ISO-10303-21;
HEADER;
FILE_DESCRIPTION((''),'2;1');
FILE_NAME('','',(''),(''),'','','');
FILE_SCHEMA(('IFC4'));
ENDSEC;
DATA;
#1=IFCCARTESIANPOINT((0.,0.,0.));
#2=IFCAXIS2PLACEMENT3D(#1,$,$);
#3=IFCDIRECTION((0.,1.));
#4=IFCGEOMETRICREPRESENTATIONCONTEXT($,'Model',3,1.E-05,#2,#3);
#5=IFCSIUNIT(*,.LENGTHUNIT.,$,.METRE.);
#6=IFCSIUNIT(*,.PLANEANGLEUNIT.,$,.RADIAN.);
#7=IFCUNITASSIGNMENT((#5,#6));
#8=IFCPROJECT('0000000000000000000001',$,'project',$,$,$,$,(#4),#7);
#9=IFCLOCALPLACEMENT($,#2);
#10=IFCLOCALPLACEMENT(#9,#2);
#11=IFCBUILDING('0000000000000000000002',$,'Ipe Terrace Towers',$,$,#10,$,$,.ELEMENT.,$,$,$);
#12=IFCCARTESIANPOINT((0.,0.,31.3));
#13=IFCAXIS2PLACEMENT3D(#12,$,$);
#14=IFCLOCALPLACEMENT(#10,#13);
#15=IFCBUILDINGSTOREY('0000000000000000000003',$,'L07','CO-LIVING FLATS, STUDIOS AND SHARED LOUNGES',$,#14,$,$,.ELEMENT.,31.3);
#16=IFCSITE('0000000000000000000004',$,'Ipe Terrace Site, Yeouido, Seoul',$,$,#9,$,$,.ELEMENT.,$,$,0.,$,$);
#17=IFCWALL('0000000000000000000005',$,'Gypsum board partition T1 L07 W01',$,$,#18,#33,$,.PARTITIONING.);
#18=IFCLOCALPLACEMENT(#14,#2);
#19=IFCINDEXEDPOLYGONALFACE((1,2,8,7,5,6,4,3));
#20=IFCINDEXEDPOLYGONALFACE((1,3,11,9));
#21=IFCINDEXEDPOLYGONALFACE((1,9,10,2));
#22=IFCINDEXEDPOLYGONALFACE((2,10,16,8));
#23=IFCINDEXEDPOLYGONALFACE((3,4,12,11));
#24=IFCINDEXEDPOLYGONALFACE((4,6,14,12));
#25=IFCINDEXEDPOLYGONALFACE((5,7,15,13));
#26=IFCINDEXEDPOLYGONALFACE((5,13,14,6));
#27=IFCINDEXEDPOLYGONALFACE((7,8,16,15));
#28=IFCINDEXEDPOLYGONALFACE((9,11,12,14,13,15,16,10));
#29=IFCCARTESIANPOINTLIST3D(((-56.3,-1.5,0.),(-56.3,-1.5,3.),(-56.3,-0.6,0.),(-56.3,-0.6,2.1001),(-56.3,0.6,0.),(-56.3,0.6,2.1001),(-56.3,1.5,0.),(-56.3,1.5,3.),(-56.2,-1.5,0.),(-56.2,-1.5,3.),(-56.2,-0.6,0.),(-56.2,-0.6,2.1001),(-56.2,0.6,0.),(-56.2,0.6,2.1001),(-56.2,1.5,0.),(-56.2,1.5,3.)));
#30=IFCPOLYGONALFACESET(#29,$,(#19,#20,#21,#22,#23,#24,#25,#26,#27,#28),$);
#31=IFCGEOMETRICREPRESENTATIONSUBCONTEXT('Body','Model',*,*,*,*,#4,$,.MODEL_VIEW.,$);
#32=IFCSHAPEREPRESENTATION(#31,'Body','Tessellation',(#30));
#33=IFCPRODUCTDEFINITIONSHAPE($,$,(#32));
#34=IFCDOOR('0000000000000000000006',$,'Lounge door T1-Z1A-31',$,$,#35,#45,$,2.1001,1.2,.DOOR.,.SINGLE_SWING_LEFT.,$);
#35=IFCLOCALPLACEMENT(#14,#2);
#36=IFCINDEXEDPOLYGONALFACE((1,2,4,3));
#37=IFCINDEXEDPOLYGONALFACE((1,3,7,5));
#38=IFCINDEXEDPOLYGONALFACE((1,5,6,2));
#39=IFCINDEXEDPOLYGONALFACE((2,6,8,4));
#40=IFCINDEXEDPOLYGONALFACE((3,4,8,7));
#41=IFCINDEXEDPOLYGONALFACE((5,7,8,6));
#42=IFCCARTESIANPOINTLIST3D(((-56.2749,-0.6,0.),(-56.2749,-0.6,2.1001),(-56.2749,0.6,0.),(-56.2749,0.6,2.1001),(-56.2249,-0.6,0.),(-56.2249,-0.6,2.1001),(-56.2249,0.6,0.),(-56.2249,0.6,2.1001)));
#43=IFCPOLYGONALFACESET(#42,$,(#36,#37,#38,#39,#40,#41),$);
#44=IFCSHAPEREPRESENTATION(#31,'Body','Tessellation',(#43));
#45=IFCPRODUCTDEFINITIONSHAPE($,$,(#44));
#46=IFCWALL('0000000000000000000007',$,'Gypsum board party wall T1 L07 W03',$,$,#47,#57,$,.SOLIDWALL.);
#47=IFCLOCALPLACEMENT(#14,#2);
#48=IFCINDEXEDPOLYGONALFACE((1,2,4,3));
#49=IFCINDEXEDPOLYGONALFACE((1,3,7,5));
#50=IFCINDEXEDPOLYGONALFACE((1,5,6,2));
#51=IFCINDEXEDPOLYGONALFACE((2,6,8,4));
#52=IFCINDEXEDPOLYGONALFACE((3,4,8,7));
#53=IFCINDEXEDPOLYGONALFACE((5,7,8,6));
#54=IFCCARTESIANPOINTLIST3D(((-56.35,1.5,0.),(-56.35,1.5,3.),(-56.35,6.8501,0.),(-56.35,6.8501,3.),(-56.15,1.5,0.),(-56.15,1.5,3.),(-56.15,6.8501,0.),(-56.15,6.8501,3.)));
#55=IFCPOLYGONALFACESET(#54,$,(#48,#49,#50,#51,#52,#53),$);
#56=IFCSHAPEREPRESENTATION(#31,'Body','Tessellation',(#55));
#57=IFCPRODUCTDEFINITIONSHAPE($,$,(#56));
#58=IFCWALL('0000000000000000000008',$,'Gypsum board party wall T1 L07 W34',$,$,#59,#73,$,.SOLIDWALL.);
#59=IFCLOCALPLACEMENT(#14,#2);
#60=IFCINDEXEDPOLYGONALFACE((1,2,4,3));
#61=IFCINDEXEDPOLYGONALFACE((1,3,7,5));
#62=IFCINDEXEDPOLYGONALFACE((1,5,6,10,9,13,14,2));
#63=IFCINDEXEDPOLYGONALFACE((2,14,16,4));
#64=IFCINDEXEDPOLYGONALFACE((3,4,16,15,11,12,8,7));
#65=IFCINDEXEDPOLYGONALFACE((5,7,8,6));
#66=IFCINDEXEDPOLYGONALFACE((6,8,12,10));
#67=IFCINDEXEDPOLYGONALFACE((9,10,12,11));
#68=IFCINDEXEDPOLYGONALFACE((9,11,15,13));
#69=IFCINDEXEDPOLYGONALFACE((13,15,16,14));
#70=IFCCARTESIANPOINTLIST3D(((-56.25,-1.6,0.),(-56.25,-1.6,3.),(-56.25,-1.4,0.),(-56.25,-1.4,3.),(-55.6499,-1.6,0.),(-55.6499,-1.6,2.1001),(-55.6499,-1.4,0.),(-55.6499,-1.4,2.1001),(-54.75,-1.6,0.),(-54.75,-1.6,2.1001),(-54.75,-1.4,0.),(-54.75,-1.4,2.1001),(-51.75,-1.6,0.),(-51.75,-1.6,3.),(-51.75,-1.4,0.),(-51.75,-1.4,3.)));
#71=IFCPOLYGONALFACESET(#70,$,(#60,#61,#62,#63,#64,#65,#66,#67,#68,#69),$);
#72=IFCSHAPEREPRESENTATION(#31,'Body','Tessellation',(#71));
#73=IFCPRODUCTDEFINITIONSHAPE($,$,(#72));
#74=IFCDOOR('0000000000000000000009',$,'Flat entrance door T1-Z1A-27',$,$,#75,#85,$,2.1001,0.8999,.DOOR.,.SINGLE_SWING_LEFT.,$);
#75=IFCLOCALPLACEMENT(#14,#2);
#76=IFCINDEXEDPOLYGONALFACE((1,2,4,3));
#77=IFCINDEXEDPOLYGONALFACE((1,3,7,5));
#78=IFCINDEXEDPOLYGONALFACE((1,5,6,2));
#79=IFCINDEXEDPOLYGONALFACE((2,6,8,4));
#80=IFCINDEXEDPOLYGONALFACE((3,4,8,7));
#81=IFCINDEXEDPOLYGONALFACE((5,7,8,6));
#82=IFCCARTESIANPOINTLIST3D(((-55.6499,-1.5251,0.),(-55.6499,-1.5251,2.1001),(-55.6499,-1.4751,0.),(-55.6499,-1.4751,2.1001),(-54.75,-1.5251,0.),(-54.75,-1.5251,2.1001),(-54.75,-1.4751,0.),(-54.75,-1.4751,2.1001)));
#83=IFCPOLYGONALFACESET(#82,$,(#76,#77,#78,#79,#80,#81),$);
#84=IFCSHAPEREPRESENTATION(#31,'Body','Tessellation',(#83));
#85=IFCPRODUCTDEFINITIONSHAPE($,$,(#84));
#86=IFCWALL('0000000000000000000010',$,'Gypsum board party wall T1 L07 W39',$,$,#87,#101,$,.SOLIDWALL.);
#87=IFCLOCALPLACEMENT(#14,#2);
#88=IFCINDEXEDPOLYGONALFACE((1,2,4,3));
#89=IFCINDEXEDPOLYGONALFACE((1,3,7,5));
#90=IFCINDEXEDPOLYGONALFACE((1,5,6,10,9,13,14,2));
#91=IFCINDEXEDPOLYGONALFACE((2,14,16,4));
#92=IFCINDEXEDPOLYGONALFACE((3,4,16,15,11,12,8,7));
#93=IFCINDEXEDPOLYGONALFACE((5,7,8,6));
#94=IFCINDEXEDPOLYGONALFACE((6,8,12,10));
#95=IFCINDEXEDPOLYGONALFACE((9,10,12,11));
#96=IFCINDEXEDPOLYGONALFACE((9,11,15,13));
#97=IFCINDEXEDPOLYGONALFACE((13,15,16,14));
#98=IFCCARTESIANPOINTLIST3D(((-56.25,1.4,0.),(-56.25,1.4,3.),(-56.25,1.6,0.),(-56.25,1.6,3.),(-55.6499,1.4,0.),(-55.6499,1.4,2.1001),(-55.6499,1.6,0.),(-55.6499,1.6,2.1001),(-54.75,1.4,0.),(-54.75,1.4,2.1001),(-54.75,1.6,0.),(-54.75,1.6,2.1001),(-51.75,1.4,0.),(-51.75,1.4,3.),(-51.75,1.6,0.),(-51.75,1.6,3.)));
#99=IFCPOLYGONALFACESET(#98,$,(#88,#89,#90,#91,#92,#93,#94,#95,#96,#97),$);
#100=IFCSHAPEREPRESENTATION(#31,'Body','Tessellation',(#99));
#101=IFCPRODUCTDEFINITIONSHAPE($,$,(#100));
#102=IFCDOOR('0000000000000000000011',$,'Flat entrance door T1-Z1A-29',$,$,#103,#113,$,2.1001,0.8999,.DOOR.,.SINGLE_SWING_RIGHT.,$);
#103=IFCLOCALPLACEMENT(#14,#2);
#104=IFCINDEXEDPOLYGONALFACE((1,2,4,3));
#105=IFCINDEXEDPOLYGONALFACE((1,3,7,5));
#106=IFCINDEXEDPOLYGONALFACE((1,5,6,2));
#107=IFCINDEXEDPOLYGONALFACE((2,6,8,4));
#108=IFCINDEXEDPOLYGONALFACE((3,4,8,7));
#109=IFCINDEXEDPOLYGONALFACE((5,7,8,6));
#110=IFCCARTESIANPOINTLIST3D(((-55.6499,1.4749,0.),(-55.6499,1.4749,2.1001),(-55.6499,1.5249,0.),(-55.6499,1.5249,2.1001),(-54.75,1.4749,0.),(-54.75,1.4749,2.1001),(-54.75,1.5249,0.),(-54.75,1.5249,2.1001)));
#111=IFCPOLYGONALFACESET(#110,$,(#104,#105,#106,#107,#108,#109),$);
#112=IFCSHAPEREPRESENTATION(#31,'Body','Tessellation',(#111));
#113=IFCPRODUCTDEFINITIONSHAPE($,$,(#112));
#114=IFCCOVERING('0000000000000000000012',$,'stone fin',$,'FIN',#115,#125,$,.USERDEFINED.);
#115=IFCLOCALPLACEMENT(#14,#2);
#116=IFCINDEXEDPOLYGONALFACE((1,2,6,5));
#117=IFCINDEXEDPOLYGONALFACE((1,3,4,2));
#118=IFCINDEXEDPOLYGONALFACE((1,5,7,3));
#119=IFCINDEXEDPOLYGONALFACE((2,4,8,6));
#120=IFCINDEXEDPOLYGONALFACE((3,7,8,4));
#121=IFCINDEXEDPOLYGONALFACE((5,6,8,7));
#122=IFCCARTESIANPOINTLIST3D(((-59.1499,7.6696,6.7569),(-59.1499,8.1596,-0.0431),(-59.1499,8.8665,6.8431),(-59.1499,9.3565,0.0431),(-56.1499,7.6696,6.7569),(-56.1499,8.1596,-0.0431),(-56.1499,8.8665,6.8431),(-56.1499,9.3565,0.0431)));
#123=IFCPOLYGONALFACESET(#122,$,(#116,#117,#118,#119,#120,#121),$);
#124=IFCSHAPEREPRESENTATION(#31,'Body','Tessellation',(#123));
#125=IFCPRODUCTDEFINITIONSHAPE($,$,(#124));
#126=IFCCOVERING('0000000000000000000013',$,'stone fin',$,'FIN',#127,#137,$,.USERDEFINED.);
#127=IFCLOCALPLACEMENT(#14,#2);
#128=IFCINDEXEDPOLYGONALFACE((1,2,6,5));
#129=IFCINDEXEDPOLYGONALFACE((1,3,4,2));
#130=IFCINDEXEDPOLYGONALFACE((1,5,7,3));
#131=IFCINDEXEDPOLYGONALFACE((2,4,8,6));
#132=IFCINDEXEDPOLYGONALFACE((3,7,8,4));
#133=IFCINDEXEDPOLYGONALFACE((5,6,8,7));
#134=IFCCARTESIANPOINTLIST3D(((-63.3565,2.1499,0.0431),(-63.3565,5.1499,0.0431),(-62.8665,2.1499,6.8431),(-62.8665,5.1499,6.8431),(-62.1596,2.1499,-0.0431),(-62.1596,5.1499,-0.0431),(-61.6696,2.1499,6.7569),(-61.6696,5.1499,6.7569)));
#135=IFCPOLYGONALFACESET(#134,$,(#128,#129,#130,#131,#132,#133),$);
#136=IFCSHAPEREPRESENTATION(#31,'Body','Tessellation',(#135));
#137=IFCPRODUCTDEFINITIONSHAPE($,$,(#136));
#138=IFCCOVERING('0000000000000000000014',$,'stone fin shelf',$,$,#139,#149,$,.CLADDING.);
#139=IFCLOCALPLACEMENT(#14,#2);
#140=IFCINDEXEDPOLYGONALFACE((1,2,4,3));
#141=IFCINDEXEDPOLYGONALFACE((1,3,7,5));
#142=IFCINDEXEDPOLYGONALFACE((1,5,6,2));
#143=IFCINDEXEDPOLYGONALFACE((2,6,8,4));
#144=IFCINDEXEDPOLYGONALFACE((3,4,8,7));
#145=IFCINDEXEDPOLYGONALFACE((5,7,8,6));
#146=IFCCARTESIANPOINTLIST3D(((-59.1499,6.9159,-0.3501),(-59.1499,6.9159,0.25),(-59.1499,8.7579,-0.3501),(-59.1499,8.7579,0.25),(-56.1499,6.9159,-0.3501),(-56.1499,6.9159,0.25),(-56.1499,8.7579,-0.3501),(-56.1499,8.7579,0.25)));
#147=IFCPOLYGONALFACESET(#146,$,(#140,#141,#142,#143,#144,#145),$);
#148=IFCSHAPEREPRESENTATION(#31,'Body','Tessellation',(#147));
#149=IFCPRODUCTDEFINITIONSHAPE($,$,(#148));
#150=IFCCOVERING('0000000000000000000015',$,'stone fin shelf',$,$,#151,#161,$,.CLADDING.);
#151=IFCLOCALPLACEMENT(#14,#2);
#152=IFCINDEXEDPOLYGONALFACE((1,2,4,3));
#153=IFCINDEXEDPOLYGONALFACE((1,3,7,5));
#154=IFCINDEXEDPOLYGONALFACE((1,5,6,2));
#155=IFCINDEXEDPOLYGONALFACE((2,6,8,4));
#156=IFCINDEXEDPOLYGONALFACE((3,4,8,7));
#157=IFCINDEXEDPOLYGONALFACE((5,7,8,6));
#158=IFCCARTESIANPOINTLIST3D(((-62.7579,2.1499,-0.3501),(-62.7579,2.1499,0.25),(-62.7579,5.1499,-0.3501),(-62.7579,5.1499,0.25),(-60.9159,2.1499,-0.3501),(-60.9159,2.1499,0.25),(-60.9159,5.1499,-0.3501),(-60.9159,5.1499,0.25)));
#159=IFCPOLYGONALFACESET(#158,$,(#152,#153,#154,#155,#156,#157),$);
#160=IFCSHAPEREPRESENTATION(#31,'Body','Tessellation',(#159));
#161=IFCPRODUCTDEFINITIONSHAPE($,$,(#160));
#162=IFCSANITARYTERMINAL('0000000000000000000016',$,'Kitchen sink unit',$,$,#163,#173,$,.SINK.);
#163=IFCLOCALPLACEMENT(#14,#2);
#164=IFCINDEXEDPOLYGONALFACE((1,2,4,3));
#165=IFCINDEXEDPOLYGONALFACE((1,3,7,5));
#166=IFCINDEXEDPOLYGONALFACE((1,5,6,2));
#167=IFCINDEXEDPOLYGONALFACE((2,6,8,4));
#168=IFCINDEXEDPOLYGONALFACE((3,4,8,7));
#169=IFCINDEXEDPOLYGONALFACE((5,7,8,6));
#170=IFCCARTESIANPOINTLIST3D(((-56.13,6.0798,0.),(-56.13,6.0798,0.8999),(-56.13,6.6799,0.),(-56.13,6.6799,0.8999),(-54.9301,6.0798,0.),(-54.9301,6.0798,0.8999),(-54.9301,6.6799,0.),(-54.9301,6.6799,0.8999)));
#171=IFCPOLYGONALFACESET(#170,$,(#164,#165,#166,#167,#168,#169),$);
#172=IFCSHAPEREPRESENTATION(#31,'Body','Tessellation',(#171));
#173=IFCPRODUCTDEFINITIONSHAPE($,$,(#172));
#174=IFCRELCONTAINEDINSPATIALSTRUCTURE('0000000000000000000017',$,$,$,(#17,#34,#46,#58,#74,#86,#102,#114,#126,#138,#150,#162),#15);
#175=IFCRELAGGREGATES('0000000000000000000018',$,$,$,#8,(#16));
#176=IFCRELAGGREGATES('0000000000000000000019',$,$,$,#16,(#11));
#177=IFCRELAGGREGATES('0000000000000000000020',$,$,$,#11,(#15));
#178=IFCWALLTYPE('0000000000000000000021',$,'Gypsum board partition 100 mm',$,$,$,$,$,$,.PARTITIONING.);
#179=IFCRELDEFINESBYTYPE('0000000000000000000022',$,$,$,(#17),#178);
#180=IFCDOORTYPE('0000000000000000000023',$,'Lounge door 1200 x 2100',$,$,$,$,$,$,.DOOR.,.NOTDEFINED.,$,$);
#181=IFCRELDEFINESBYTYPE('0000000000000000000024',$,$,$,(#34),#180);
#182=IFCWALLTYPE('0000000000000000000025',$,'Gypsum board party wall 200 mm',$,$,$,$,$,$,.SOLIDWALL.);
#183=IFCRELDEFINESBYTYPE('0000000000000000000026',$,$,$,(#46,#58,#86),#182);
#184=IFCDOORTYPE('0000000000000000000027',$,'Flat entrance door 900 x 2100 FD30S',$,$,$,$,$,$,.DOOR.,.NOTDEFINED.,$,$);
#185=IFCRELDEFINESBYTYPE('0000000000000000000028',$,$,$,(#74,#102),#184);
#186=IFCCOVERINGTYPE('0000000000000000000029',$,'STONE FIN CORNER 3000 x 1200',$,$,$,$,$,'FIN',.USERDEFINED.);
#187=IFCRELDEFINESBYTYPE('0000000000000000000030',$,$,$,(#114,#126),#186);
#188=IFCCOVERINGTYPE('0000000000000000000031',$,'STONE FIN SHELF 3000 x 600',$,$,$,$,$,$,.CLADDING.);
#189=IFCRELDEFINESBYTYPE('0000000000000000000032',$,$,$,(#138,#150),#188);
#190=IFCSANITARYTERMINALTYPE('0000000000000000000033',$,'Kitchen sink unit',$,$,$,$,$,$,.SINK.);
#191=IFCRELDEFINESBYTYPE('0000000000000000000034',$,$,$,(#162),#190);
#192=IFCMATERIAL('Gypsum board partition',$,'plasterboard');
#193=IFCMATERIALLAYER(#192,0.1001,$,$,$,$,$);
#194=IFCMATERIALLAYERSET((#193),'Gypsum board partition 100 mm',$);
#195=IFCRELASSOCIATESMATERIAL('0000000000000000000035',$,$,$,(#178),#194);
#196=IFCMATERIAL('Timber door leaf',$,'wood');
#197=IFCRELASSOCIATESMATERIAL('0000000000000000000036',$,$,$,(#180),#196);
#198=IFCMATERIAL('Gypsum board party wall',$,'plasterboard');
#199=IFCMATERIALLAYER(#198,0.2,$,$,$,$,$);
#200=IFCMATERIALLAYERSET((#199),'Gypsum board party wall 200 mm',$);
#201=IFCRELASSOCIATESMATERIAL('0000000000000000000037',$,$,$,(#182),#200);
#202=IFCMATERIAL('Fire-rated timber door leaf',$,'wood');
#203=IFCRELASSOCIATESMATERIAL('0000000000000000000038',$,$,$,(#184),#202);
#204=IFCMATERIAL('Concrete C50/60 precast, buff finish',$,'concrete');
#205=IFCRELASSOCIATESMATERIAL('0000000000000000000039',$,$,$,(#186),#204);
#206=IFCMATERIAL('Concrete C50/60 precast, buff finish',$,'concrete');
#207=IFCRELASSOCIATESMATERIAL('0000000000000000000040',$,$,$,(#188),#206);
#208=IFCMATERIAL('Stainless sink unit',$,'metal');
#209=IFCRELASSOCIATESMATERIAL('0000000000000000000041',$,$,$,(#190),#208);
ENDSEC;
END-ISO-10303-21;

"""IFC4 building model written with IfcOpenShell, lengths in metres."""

from ifc_helpers import new_model, si_unit, direction, frame, frame_2d, origin, origin_2d, place, context, subcontext, project, spatial, rectangle, extrude, material, layer, layer_set, material_profile, profile_set, type_object, element, fill, save


model = new_model("IFC4")

# Units and contexts
model_context = context("Model", 3, precision=1e-05, world=origin(), true_north=direction((0.0, 1.0)))
body_context = subcontext(model_context, "Body", "Model", "MODEL_VIEW")
ifc_project = project(units=[si_unit("LENGTHUNIT", "METRE"), si_unit("PLANEANGLEUNIT", "RADIAN")], contexts=[model_context])

# Site, building, storey
site_placement = place(None, origin())
site = spatial("IfcSite", under=ifc_project, at=site_placement, Name="Ipe Terrace Site, Yeouido, Seoul", CompositionType="ELEMENT", RefElevation=0.0)
building_placement = place(site_placement, origin())
building = spatial("IfcBuilding", under=site, at=building_placement, Name="Ipe Terrace Towers", CompositionType="ELEMENT")
storey_placement = place(building_placement, frame((0.0, 0.0, 31.3)))
storey = spatial("IfcBuildingStorey", under=building, at=storey_placement, Name="L07", Description="CO-LIVING FLATS, STUDIOS AND SHARED LOUNGES", CompositionType="ELEMENT", Elevation=31.3)

# Wall, opening, door
ifc_material_1 = material(Name="Gypsum board partition", Category="plasterboard")
ifc_layer_1 = layer(ifc_material_1, 0.1001)
ifc_layer_set_1 = layer_set([ifc_layer_1], Name="Gypsum board partition 100 mm")
wall_type_1 = type_object("IfcWallType", Name="Gypsum board partition 100 mm", PredefinedType="PARTITIONING", material=ifc_layer_set_1)
wall_1_placement = place(storey_placement, frame((-56.25, -1.5, 0.0), z_axis=(0.0, 0.0, 1.0), x_axis=(0.0, 1.0, 0.0)))
wall_1 = element("IfcWall", 1, at=wall_1_placement, inside=storey, type_object=wall_type_1, Name="Gypsum board partition T1 L07 W01", PredefinedType="PARTITIONING", context=body_context, shape_type="SweptSolid", body=[
    extrude(rectangle(XDim=3.0, YDim=0.1001, at=frame_2d((1.5, 0.0))), origin(), (0.0, 0.0, 1.0), 3.0),
])
opening_1_placement = place(wall_1_placement, frame((0.8999, 0.0, 0.0)))
opening_1 = element("IfcOpeningElement", 2, at=opening_1_placement, cuts=wall_1, PredefinedType="OPENING", context=body_context, shape_type="SweptSolid", body=[
    extrude(rectangle(XDim=1.2, YDim=2.1001, at=frame_2d((0.6001, 1.05))), frame((0.0, 0.0601, 0.0), z_axis=(0.0, -1.0, 0.0), x_axis=(1.0, 0.0, 0.0)), (0.0, 0.0, 1.0), 0.1201),
])
ifc_material_2 = material(Name="Timber door leaf", Category="wood")
door_type_1 = type_object("IfcDoorType", Name="Lounge door 1200 x 2100", OperationType="NOTDEFINED", PredefinedType="DOOR", material=ifc_material_2)
door_1_placement = place(opening_1_placement, origin())
door_1 = element("IfcDoor", 3, at=door_1_placement, inside=storey, type_object=door_type_1, Name="Lounge door T1-Z1A-31", OperationType="SINGLE_SWING_LEFT", OverallHeight=2.1001, OverallWidth=1.2, PredefinedType="DOOR", context=body_context, shape_type="SweptSolid", body=[
    extrude(rectangle(XDim=1.2, YDim=2.1001, at=frame_2d((0.6001, 1.05))), frame((0.0, 0.0249, 0.0), z_axis=(0.0, -1.0, 0.0), x_axis=(1.0, 0.0, 0.0)), (0.0, 0.0, 1.0), 0.05),
])
fill(opening_1, door_1)

# Wall
ifc_material_3 = material(Name="Gypsum board party wall", Category="plasterboard")
ifc_layer_2 = layer(ifc_material_3, 0.2)
ifc_layer_set_2 = layer_set([ifc_layer_2], Name="Gypsum board party wall 200 mm")
wall_type_2 = type_object("IfcWallType", Name="Gypsum board party wall 200 mm", PredefinedType="SOLIDWALL", material=ifc_layer_set_2)
wall_2_placement = place(storey_placement, frame((-56.25, 1.5, 0.0), z_axis=(0.0, 0.0, 1.0), x_axis=(0.0, 1.0, 0.0)))
element("IfcWall", 4, at=wall_2_placement, inside=storey, type_object=wall_type_2, Name="Gypsum board party wall T1 L07 W03", PredefinedType="SOLIDWALL", context=body_context, shape_type="SweptSolid", body=[
    extrude(rectangle(XDim=5.3501, YDim=0.2, at=frame_2d((2.675, 0.0))), origin(), (0.0, 0.0, 1.0), 3.0),
])

# Walls, openings, doors
wall_3_placement = place(storey_placement, frame((-56.25, -1.5, 0.0), z_axis=(0.0, 0.0, 1.0), x_axis=(1.0, 0.0, 0.0)))
wall_3 = element("IfcWall", 5, at=wall_3_placement, inside=storey, type_object=wall_type_2, Name="Gypsum board party wall T1 L07 W34", PredefinedType="SOLIDWALL", context=body_context, shape_type="SweptSolid", body=[
    extrude(rectangle(XDim=4.5, YDim=0.2, at=frame_2d((2.25, 0.0))), origin(), (0.0, 0.0, 1.0), 3.0),
])
opening_2_placement = place(wall_3_placement, frame((0.6001, 0.0, 0.0)))
opening_2 = element("IfcOpeningElement", 6, at=opening_2_placement, cuts=wall_3, PredefinedType="OPENING", context=body_context, shape_type="SweptSolid", body=[
    extrude(rectangle(XDim=0.8999, YDim=2.1001, at=frame_2d((0.45, 1.05))), frame((0.0, 0.1099, 0.0), z_axis=(0.0, -1.0, 0.0), x_axis=(1.0, 0.0, 0.0)), (0.0, 0.0, 1.0), 0.22),
])
ifc_material_4 = material(Name="Fire-rated timber door leaf", Category="wood")
door_type_2 = type_object("IfcDoorType", Name="Flat entrance door 900 x 2100 FD30S", OperationType="NOTDEFINED", PredefinedType="DOOR", material=ifc_material_4)
door_2_placement = place(opening_2_placement, origin())
door_2 = element("IfcDoor", 7, at=door_2_placement, inside=storey, type_object=door_type_2, Name="Flat entrance door T1-Z1A-27", OperationType="SINGLE_SWING_LEFT", OverallHeight=2.1001, OverallWidth=0.8999, PredefinedType="DOOR", context=body_context, shape_type="SweptSolid", body=[
    extrude(rectangle(XDim=0.8999, YDim=2.1001, at=frame_2d((0.45, 1.05))), frame((0.0, 0.0249, 0.0), z_axis=(0.0, -1.0, 0.0), x_axis=(1.0, 0.0, 0.0)), (0.0, 0.0, 1.0), 0.05),
])
fill(opening_2, door_2)
wall_4_placement = place(storey_placement, frame((-56.25, 1.5, 0.0), z_axis=(0.0, 0.0, 1.0), x_axis=(1.0, 0.0, 0.0)))
wall_4 = element("IfcWall", 8, at=wall_4_placement, inside=storey, type_object=wall_type_2, Name="Gypsum board party wall T1 L07 W39", PredefinedType="SOLIDWALL", context=body_context, shape_type="SweptSolid", body=[
    extrude(rectangle(XDim=4.5, YDim=0.2, at=frame_2d((2.25, 0.0))), origin(), (0.0, 0.0, 1.0), 3.0),
])
opening_3_placement = place(wall_4_placement, frame((0.6001, 0.0, 0.0)))
opening_3 = element("IfcOpeningElement", 9, at=opening_3_placement, cuts=wall_4, PredefinedType="OPENING", context=body_context, shape_type="SweptSolid", body=[
    extrude(rectangle(XDim=0.8999, YDim=2.1001, at=frame_2d((0.45, 1.05))), frame((0.0, 0.1099, 0.0), z_axis=(0.0, -1.0, 0.0), x_axis=(1.0, 0.0, 0.0)), (0.0, 0.0, 1.0), 0.22),
])
door_3_placement = place(opening_3_placement, origin())
door_3 = element("IfcDoor", 10, at=door_3_placement, inside=storey, type_object=door_type_2, Name="Flat entrance door T1-Z1A-29", OperationType="SINGLE_SWING_RIGHT", OverallHeight=2.1001, OverallWidth=0.8999, PredefinedType="DOOR", context=body_context, shape_type="SweptSolid", body=[
    extrude(rectangle(XDim=0.8999, YDim=2.1001, at=frame_2d((0.45, 1.05))), frame((0.0, 0.0249, 0.0), z_axis=(0.0, -1.0, 0.0), x_axis=(1.0, 0.0, 0.0)), (0.0, 0.0, 1.0), 0.05),
])
fill(opening_3, door_3)

# Coverings
ifc_material_5 = material(Name="Concrete C50/60 precast, buff finish", Category="concrete")
ifc_material_profile_1 = material_profile(ifc_material_5, rectangle(XDim=3.0, YDim=1.2, at=origin_2d()), Name="STONE FIN CORNER 3000 x 1200")
ifc_profile_set_1 = profile_set([ifc_material_profile_1], Name="Concrete C50/60 precast, buff finish")
covering_type_1 = type_object("IfcCoveringType", Name="STONE FIN CORNER 3000 x 1200", ElementType="FIN", PredefinedType="USERDEFINED", material=ifc_profile_set_1)
for number, where, z_axis, x_axis, name in (
    (11, (-57.6499, 8.7581, 0.0), (0.0, -0.071871, 0.997414), (-1.0, 0.0, 0.0), "stone fin"),
    (12, (-62.7581, 3.6499, 0.0), (0.071871, 0.0, 0.997414), (0.0, -1.0, 0.0), "stone fin"),
):
    element("IfcCovering", number, at=place(storey_placement, frame(where, z_axis=z_axis, x_axis=x_axis)), inside=storey, type_object=covering_type_1, Name=name, ObjectType="FIN", PredefinedType="USERDEFINED", context=body_context, shape_type="SweptSolid", body=[
        extrude(rectangle(XDim=3.0, YDim=1.2, at=origin_2d()), origin(), (0.0, 0.0, 1.0), 6.8176),
    ])
ifc_material_6 = material(Name="Concrete C50/60 precast, buff finish", Category="concrete")
covering_type_2 = type_object("IfcCoveringType", Name="STONE FIN SHELF 3000 x 600", PredefinedType="CLADDING", material=ifc_material_6)
for number, where, z_axis, x_axis, name in (
    (13, (-57.6499, 7.8369, -0.3501), (0.0, 0.0, 1.0), (-1.0, 0.0, 0.0), "stone fin shelf"),
    (14, (-61.8369, 3.6499, -0.3501), (0.0, 0.0, 1.0), (0.0, -1.0, 0.0), "stone fin shelf"),
):
    element("IfcCovering", number, at=place(storey_placement, frame(where, z_axis=z_axis, x_axis=x_axis)), inside=storey, type_object=covering_type_2, Name=name, PredefinedType="CLADDING", context=body_context, shape_type="SweptSolid", body=[
        extrude(rectangle(XDim=3.0, YDim=1.842, at=origin_2d()), origin(), (0.0, 0.0, 1.0), 0.6001),
    ])

# Sanitary terminal
ifc_material_7 = material(Name="Stainless sink unit", Category="metal")
sanitary_terminal_type = type_object("IfcSanitaryTerminalType", Name="Kitchen sink unit", PredefinedType="SINK", material=ifc_material_7)
sanitary_terminal_placement = place(storey_placement, frame((-55.53, 6.3799, 0.0), z_axis=(0.0, 0.0, 1.0), x_axis=(1.0, 0.0, 0.0)))
element("IfcSanitaryTerminal", 15, at=sanitary_terminal_placement, inside=storey, type_object=sanitary_terminal_type, Name="Kitchen sink unit", PredefinedType="SINK", context=body_context, shape_type="SweptSolid", body=[
    extrude(rectangle(XDim=1.2, YDim=0.6001, at=origin_2d()), origin(), (0.0, 0.0, 1.0), 0.8999),
])

save(model, "model.ifc")
